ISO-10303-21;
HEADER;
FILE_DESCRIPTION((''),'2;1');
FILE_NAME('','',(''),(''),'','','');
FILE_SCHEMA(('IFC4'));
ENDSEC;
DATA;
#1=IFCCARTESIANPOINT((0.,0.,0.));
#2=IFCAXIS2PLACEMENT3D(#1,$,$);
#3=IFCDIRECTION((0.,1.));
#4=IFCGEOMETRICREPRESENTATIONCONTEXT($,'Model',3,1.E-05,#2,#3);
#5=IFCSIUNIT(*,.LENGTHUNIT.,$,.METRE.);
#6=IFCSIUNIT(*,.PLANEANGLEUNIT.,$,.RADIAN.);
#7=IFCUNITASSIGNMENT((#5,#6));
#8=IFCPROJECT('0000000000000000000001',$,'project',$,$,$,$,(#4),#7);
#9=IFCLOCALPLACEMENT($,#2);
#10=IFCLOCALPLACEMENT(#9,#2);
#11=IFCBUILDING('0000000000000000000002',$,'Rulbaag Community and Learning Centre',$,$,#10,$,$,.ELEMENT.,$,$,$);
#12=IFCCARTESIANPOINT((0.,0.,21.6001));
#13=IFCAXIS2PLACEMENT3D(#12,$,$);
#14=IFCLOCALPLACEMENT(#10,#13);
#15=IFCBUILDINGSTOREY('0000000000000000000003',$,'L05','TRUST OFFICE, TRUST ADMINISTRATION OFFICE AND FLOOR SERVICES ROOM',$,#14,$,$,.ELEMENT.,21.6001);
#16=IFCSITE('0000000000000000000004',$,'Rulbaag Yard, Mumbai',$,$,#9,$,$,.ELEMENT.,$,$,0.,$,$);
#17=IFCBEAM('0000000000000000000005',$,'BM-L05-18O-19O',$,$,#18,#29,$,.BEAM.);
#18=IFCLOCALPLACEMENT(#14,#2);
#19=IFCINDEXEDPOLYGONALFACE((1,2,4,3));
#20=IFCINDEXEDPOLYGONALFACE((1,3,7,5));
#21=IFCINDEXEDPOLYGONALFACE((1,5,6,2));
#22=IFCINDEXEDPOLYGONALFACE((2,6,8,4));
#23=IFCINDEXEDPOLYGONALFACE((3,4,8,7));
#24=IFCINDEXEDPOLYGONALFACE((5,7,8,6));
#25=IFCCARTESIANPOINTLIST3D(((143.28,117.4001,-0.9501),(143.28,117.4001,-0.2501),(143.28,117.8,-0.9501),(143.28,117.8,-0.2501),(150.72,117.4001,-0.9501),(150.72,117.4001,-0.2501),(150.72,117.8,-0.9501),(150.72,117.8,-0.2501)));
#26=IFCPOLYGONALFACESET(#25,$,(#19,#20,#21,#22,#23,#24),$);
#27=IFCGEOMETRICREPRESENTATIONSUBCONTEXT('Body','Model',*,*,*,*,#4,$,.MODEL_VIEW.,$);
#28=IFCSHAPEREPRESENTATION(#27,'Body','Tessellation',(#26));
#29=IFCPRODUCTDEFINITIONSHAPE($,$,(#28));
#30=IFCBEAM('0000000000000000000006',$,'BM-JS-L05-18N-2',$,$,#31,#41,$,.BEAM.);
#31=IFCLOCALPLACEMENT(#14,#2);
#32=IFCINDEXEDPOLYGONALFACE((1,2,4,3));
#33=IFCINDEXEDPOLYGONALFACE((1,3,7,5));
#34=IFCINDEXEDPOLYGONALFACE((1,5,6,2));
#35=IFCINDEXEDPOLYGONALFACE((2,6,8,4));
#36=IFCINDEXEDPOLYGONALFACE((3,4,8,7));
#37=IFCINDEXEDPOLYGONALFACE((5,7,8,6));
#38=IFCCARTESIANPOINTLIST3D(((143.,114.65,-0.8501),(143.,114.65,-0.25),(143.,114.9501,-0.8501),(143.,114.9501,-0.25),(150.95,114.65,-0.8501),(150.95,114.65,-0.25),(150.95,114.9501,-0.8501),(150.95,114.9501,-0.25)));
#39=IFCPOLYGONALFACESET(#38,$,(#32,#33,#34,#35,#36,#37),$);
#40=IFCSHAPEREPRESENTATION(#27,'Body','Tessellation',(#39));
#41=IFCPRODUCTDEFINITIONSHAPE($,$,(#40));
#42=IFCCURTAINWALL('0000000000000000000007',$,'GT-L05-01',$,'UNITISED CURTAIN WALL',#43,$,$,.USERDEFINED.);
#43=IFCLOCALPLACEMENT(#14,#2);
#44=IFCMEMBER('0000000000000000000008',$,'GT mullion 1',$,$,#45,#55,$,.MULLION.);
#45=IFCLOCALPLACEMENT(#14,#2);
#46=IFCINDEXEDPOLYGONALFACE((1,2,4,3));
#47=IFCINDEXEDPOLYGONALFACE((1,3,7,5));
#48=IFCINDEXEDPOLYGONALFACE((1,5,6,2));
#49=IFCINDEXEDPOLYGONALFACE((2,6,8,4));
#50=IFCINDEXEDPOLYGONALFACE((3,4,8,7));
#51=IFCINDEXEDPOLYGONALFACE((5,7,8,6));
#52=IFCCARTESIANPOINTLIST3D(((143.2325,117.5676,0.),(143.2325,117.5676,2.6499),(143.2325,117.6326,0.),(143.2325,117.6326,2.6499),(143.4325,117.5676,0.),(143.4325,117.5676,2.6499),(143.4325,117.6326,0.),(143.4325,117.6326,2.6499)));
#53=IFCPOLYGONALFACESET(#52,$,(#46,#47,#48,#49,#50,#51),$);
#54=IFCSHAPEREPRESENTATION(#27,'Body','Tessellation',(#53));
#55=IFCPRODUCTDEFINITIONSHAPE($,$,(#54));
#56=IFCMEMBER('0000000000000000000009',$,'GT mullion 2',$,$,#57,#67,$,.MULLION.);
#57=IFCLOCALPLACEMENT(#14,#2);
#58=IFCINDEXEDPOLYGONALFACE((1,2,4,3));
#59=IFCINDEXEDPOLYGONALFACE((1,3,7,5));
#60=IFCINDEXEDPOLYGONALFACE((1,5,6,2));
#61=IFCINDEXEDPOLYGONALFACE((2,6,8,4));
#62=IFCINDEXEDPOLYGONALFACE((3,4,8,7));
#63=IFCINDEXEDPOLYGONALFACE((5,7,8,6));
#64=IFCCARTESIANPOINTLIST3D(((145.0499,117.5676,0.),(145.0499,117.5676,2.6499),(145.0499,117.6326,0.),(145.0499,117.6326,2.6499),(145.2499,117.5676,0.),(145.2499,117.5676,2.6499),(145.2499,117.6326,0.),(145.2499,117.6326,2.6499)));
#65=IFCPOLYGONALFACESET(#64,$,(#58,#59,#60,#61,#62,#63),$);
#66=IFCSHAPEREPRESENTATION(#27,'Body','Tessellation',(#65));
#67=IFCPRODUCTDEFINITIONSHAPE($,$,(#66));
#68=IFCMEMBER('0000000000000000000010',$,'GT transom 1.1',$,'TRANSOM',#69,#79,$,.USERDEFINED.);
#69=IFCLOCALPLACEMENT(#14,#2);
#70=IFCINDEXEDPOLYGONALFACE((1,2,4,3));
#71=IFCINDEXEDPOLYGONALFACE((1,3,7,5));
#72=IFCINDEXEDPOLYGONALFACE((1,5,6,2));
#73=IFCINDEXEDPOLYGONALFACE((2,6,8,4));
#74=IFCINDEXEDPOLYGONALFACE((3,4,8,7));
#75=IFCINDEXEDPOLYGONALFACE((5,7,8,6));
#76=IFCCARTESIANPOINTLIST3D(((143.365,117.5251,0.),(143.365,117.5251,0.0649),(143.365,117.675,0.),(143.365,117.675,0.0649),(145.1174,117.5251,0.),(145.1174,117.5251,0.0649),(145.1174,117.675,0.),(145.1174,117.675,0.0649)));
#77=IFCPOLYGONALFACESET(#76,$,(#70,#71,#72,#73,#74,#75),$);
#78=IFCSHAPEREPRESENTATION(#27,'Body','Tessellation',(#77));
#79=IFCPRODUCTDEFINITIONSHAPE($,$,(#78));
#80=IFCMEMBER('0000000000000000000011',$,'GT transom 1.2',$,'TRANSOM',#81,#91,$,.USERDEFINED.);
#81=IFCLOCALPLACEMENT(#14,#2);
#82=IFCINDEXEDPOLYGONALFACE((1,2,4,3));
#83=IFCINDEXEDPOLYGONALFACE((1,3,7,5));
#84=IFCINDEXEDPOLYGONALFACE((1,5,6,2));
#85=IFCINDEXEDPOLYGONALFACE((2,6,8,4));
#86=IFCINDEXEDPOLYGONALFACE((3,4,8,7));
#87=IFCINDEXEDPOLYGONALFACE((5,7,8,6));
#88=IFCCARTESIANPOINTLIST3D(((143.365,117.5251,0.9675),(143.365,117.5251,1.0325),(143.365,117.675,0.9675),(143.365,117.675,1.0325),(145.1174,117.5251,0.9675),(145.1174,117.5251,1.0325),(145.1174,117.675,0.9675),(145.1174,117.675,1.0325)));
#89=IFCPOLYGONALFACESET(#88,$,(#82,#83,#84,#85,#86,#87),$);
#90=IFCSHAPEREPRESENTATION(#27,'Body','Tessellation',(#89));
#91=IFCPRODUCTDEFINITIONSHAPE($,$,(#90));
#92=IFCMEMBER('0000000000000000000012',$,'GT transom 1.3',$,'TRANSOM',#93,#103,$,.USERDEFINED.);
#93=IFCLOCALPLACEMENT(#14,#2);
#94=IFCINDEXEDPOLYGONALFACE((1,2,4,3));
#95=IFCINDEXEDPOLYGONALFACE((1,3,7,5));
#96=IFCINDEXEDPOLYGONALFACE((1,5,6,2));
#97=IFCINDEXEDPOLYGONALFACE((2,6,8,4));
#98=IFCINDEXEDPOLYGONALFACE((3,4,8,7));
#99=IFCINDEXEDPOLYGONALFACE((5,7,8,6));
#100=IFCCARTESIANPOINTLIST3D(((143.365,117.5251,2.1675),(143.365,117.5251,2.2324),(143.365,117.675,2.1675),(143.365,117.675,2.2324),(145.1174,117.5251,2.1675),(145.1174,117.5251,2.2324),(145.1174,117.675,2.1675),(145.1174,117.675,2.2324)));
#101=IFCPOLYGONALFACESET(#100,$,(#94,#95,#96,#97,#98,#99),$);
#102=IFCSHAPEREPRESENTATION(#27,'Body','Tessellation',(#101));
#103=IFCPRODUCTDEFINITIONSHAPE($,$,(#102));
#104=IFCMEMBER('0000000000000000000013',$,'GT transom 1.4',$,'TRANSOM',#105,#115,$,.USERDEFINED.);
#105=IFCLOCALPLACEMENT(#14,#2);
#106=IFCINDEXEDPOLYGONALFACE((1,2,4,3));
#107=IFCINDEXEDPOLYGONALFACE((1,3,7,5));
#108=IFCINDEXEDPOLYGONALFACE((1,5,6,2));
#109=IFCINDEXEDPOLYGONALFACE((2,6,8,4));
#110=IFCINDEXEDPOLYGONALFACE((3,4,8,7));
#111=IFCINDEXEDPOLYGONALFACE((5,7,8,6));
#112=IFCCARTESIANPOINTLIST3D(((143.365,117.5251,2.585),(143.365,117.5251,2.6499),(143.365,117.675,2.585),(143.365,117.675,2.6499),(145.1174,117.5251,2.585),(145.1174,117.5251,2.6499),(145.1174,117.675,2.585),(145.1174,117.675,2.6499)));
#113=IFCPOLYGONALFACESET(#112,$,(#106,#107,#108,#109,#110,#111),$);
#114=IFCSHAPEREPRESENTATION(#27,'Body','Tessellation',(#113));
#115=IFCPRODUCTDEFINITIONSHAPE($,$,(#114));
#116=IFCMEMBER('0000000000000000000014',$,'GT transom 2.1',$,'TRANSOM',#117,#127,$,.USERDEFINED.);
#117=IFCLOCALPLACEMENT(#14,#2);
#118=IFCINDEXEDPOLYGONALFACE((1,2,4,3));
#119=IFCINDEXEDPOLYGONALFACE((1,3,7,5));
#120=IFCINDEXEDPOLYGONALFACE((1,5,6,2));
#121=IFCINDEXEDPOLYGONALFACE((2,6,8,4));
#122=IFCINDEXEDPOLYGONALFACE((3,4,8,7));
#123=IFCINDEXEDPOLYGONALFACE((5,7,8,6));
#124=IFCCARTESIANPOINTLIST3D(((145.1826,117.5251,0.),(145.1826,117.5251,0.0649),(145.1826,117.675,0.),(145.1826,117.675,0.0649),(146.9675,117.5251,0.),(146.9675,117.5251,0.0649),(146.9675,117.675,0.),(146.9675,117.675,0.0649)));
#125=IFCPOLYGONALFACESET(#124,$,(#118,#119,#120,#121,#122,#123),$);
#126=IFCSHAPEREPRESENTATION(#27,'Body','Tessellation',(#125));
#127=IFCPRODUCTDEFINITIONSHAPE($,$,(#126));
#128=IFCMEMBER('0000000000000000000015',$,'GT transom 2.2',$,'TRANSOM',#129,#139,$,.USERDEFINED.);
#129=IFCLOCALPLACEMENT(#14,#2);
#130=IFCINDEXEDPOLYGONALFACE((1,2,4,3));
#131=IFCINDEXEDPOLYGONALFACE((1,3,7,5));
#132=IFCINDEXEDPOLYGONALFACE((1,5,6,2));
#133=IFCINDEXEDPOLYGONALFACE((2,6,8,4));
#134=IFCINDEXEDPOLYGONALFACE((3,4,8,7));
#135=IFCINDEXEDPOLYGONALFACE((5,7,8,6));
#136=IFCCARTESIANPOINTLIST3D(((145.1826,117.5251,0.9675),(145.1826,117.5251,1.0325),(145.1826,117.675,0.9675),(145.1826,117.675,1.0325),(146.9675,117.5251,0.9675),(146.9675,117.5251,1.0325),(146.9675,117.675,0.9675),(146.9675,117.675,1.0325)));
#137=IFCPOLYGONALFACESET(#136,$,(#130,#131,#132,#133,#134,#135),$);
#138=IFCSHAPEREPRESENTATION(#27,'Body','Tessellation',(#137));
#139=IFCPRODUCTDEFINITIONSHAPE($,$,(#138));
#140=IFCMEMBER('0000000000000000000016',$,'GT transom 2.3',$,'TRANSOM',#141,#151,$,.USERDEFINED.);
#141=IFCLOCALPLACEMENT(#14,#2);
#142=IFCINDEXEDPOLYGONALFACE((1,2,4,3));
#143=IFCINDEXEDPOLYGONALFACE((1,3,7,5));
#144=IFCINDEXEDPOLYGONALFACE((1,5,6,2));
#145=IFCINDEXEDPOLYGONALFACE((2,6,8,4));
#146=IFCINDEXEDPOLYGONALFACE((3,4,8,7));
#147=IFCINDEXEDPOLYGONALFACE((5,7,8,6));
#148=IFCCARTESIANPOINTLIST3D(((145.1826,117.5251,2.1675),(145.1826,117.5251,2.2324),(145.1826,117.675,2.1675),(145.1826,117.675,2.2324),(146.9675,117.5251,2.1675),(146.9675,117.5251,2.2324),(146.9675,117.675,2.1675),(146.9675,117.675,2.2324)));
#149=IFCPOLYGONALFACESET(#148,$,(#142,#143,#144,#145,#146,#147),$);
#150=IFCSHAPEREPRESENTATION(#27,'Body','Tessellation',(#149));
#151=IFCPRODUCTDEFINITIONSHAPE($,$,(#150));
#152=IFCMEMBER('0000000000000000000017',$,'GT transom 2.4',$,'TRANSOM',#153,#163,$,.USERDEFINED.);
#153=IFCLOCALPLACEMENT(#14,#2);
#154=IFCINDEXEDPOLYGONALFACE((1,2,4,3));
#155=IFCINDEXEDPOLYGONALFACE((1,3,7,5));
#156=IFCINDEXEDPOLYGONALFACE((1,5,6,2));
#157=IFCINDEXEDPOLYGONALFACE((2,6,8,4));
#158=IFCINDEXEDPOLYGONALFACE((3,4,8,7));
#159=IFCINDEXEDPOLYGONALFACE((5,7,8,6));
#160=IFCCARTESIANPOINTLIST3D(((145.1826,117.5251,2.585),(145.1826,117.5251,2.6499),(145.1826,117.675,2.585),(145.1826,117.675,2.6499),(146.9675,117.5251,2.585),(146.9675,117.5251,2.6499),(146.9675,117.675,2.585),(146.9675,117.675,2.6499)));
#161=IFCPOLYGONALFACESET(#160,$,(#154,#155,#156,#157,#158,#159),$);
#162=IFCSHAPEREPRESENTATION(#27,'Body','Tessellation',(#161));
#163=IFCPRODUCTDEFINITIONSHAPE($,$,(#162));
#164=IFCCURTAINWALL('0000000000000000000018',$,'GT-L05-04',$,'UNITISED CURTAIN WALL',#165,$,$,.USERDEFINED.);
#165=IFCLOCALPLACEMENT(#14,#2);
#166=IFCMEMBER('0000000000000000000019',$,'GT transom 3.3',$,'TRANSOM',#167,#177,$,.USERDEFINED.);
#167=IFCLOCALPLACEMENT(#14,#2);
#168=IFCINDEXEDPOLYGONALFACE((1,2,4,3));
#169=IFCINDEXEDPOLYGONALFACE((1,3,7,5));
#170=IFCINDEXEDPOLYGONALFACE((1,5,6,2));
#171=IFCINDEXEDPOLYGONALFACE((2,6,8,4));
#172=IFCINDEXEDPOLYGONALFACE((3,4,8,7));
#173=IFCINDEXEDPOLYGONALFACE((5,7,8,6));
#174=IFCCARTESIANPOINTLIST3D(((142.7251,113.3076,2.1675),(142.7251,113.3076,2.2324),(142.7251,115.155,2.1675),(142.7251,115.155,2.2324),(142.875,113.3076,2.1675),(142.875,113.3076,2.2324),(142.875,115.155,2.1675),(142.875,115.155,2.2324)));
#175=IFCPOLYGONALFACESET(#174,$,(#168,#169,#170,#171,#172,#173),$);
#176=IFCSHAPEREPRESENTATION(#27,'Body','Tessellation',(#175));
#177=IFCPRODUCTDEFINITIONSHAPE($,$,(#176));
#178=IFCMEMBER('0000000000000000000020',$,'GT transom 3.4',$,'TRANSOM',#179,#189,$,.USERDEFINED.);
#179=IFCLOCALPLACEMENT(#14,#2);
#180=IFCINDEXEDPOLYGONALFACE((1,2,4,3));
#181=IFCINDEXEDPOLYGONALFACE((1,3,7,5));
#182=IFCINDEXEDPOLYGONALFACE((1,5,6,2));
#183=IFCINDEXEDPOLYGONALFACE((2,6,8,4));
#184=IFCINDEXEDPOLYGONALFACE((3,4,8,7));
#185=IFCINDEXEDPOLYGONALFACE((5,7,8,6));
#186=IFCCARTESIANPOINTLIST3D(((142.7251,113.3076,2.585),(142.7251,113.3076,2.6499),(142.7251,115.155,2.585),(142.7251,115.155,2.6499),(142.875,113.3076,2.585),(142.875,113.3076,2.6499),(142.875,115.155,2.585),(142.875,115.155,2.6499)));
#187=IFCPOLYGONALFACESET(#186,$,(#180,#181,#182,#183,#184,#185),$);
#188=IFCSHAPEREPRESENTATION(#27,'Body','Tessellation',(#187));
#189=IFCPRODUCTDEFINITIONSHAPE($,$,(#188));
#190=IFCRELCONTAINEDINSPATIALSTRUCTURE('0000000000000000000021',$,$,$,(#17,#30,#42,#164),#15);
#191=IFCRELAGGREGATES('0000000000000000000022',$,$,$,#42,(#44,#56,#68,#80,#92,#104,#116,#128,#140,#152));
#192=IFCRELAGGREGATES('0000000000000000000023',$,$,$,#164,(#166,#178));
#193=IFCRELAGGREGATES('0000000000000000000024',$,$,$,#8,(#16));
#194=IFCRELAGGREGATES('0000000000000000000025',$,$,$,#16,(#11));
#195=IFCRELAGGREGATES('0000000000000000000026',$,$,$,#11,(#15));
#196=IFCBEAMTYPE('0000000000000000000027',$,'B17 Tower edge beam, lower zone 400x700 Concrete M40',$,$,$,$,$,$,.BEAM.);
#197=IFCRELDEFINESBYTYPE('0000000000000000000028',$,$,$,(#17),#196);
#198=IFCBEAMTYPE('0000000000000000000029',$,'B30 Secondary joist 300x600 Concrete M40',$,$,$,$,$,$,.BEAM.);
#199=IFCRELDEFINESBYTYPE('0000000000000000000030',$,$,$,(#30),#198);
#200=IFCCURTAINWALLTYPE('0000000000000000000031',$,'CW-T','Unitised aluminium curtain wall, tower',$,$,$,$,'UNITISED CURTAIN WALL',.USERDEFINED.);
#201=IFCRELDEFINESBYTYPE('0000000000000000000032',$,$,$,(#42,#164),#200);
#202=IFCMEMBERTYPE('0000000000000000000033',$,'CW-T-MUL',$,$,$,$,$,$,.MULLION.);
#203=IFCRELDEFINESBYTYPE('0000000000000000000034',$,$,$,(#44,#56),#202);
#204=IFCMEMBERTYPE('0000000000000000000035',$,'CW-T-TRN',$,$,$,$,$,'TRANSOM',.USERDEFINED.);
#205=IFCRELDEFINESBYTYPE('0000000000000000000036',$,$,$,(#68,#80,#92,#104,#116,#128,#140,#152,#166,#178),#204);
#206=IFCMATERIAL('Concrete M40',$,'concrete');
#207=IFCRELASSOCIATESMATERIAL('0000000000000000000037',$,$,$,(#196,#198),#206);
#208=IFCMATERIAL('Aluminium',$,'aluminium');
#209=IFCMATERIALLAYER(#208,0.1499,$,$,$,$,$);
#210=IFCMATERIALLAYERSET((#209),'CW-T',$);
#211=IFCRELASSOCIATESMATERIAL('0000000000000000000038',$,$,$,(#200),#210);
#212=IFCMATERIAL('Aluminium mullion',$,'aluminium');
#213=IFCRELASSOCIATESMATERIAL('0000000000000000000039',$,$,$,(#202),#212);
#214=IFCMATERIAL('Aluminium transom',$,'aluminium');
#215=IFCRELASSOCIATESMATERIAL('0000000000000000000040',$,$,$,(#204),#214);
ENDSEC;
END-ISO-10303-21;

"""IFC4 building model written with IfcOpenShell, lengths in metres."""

from ifc_helpers import new_model, si_unit, direction, frame, origin, origin_2d, place, context, subcontext, project, spatial, rectangle, extrude, material, layer, layer_set, material_profile, profile_set, type_object, element, aggregate, save


model = new_model("IFC4")

# Units and contexts
model_context = context("Model", 3, precision=1e-05, world=origin(), true_north=direction((0.0, 1.0)))
body_context = subcontext(model_context, "Body", "Model", "MODEL_VIEW")
ifc_project = project(units=[si_unit("LENGTHUNIT", "METRE"), si_unit("PLANEANGLEUNIT", "RADIAN")], contexts=[model_context])

# Site, building, storey
site_placement = place(None, origin())
site = spatial("IfcSite", under=ifc_project, at=site_placement, Name="Rulbaag Yard, Mumbai", CompositionType="ELEMENT", RefElevation=0.0)
building_placement = place(site_placement, origin())
building = spatial("IfcBuilding", under=site, at=building_placement, Name="Rulbaag Community and Learning Centre", CompositionType="ELEMENT")
storey_placement = place(building_placement, frame((0.0, 0.0, 21.6001)))
storey = spatial("IfcBuildingStorey", under=building, at=storey_placement, Name="L05", Description="TRUST OFFICE, TRUST ADMINISTRATION OFFICE AND FLOOR SERVICES ROOM", CompositionType="ELEMENT", Elevation=21.6001)

# Beams
ifc_material_1 = material(Name="Concrete M40", Category="concrete")
ifc_material_profile_1 = material_profile(ifc_material_1, rectangle(XDim=0.3999, YDim=0.7, at=origin_2d()), Name="RB400x700")
ifc_profile_set_1 = profile_set([ifc_material_profile_1], Name="Concrete M40")
beam_type_1 = type_object("IfcBeamType", Name="B17 Tower edge beam, lower zone 400x700 Concrete M40", PredefinedType="BEAM", material=ifc_profile_set_1)
beam_1_placement = place(storey_placement, frame((143.28, 117.6001, -0.6001), z_axis=(1.0, 0.0, 0.0), x_axis=(0.0, 1.0, 0.0)))
element("IfcBeam", 1, at=beam_1_placement, inside=storey, type_object=beam_type_1, Name="BM-L05-18O-19O", PredefinedType="BEAM", context=body_context, shape_type="SweptSolid", body=[
    extrude(rectangle(XDim=0.3999, YDim=0.7, at=origin_2d()), origin(), (0.0, 0.0, 1.0), 7.4399),
])
ifc_material_profile_2 = material_profile(ifc_material_1, rectangle(XDim=0.3, YDim=0.6001, at=origin_2d()), Name="RB300x600")
ifc_profile_set_2 = profile_set([ifc_material_profile_2], Name="Concrete M40")
beam_type_2 = type_object("IfcBeamType", Name="B30 Secondary joist 300x600 Concrete M40", PredefinedType="BEAM", material=ifc_profile_set_2)
beam_2_placement = place(storey_placement, frame((143.0, 114.8, -0.55), z_axis=(1.0, 0.0, 0.0), x_axis=(0.0, 1.0, 0.0)))
element("IfcBeam", 2, at=beam_2_placement, inside=storey, type_object=beam_type_2, Name="BM-JS-L05-18N-2", PredefinedType="BEAM", context=body_context, shape_type="SweptSolid", body=[
    extrude(rectangle(XDim=0.3, YDim=0.6001, at=origin_2d()), origin(), (0.0, 0.0, 1.0), 7.95),
])

# Curtain walls, members
ifc_material_2 = material(Name="Aluminium", Category="aluminium")
ifc_layer_1 = layer(ifc_material_2, 0.1499)
ifc_layer_set_1 = layer_set([ifc_layer_1], Name="CW-T")
curtain_wall_type = type_object("IfcCurtainWallType", Name="CW-T", Description="Unitised aluminium curtain wall, tower", ElementType="UNITISED CURTAIN WALL", PredefinedType="USERDEFINED", material=ifc_layer_set_1)
curtain_wall_1_placement = place(storey_placement, origin())
curtain_wall_1 = element("IfcCurtainWall", 3, at=curtain_wall_1_placement, inside=storey, type_object=curtain_wall_type, Name="GT-L05-01", ObjectType="UNITISED CURTAIN WALL", PredefinedType="USERDEFINED")
ifc_material_3 = material(Name="Aluminium mullion", Category="aluminium")
ifc_material_profile_3 = material_profile(ifc_material_3, rectangle(XDim=0.0649, YDim=0.2, at=origin_2d()), Name="AL 65x200")
ifc_profile_set_3 = profile_set([ifc_material_profile_3], Name="Aluminium mullion")
member_type_1 = type_object("IfcMemberType", Name="CW-T-MUL", PredefinedType="MULLION", material=ifc_profile_set_3)
member_1_placement = place(storey_placement, frame((143.3325, 117.6001, 0.0), z_axis=(0.0, 0.0, 1.0), x_axis=(0.0, 1.0, 0.0)))
member_1 = element("IfcMember", 4, at=member_1_placement, type_object=member_type_1, Name="GT mullion 1", PredefinedType="MULLION", context=body_context, shape_type="SweptSolid", body=[
    extrude(rectangle(XDim=0.0649, YDim=0.2, at=origin_2d()), origin(), (0.0, 0.0, 1.0), 2.6499),
])
member_2_placement = place(storey_placement, frame((145.1499, 117.6001, 0.0), z_axis=(0.0, 0.0, 1.0), x_axis=(0.0, 1.0, 0.0)))
member_2 = element("IfcMember", 5, at=member_2_placement, type_object=member_type_1, Name="GT mullion 2", PredefinedType="MULLION", context=body_context, shape_type="SweptSolid", body=[
    extrude(rectangle(XDim=0.0649, YDim=0.2, at=origin_2d()), origin(), (0.0, 0.0, 1.0), 2.6499),
])
ifc_material_4 = material(Name="Aluminium transom", Category="aluminium")
ifc_material_profile_4 = material_profile(ifc_material_4, rectangle(XDim=0.1499, YDim=0.0649, at=origin_2d()), Name="AL 65x150 T")
ifc_profile_set_4 = profile_set([ifc_material_profile_4], Name="Aluminium transom")
member_type_2 = type_object("IfcMemberType", Name="CW-T-TRN", ElementType="TRANSOM", PredefinedType="USERDEFINED", material=ifc_profile_set_4)
member_3_placement = place(storey_placement, frame((143.365, 117.6001, 0.0325), z_axis=(1.0, 0.0, 0.0), x_axis=(0.0, 1.0, 0.0)))
member_3 = element("IfcMember", 6, at=member_3_placement, type_object=member_type_2, Name="GT transom 1.1", ObjectType="TRANSOM", PredefinedType="USERDEFINED", context=body_context, shape_type="SweptSolid", body=[
    extrude(rectangle(XDim=0.1499, YDim=0.0649, at=origin_2d()), origin(), (0.0, 0.0, 1.0), 1.7524),
])
member_4_placement = place(storey_placement, frame((143.365, 117.6001, 1.0), z_axis=(1.0, 0.0, 0.0), x_axis=(0.0, 1.0, 0.0)))
member_4 = element("IfcMember", 7, at=member_4_placement, type_object=member_type_2, Name="GT transom 1.2", ObjectType="TRANSOM", PredefinedType="USERDEFINED", context=body_context, shape_type="SweptSolid", body=[
    extrude(rectangle(XDim=0.1499, YDim=0.0649, at=origin_2d()), origin(), (0.0, 0.0, 1.0), 1.7524),
])
member_5_placement = place(storey_placement, frame((143.365, 117.6001, 2.2), z_axis=(1.0, 0.0, 0.0), x_axis=(0.0, 1.0, 0.0)))
member_5 = element("IfcMember", 8, at=member_5_placement, type_object=member_type_2, Name="GT transom 1.3", ObjectType="TRANSOM", PredefinedType="USERDEFINED", context=body_context, shape_type="SweptSolid", body=[
    extrude(rectangle(XDim=0.1499, YDim=0.0649, at=origin_2d()), origin(), (0.0, 0.0, 1.0), 1.7524),
])
member_6_placement = place(storey_placement, frame((143.365, 117.6001, 2.6174), z_axis=(1.0, 0.0, 0.0), x_axis=(0.0, 1.0, 0.0)))
member_6 = element("IfcMember", 9, at=member_6_placement, type_object=member_type_2, Name="GT transom 1.4", ObjectType="TRANSOM", PredefinedType="USERDEFINED", context=body_context, shape_type="SweptSolid", body=[
    extrude(rectangle(XDim=0.1499, YDim=0.0649, at=origin_2d()), origin(), (0.0, 0.0, 1.0), 1.7524),
])
member_7_placement = place(storey_placement, frame((145.1826, 117.6001, 0.0325), z_axis=(1.0, 0.0, 0.0), x_axis=(0.0, 1.0, 0.0)))
member_7 = element("IfcMember", 10, at=member_7_placement, type_object=member_type_2, Name="GT transom 2.1", ObjectType="TRANSOM", PredefinedType="USERDEFINED", context=body_context, shape_type="SweptSolid", body=[
    extrude(rectangle(XDim=0.1499, YDim=0.0649, at=origin_2d()), origin(), (0.0, 0.0, 1.0), 1.7849),
])
member_8_placement = place(storey_placement, frame((145.1826, 117.6001, 1.0), z_axis=(1.0, 0.0, 0.0), x_axis=(0.0, 1.0, 0.0)))
member_8 = element("IfcMember", 11, at=member_8_placement, type_object=member_type_2, Name="GT transom 2.2", ObjectType="TRANSOM", PredefinedType="USERDEFINED", context=body_context, shape_type="SweptSolid", body=[
    extrude(rectangle(XDim=0.1499, YDim=0.0649, at=origin_2d()), origin(), (0.0, 0.0, 1.0), 1.7849),
])
member_9_placement = place(storey_placement, frame((145.1826, 117.6001, 2.2), z_axis=(1.0, 0.0, 0.0), x_axis=(0.0, 1.0, 0.0)))
member_9 = element("IfcMember", 12, at=member_9_placement, type_object=member_type_2, Name="GT transom 2.3", ObjectType="TRANSOM", PredefinedType="USERDEFINED", context=body_context, shape_type="SweptSolid", body=[
    extrude(rectangle(XDim=0.1499, YDim=0.0649, at=origin_2d()), origin(), (0.0, 0.0, 1.0), 1.7849),
])
member_10_placement = place(storey_placement, frame((145.1826, 117.6001, 2.6174), z_axis=(1.0, 0.0, 0.0), x_axis=(0.0, 1.0, 0.0)))
member_10 = element("IfcMember", 13, at=member_10_placement, type_object=member_type_2, Name="GT transom 2.4", ObjectType="TRANSOM", PredefinedType="USERDEFINED", context=body_context, shape_type="SweptSolid", body=[
    extrude(rectangle(XDim=0.1499, YDim=0.0649, at=origin_2d()), origin(), (0.0, 0.0, 1.0), 1.7849),
])
curtain_wall_2_placement = place(storey_placement, origin())
curtain_wall_2 = element("IfcCurtainWall", 14, at=curtain_wall_2_placement, inside=storey, type_object=curtain_wall_type, Name="GT-L05-04", ObjectType="UNITISED CURTAIN WALL", PredefinedType="USERDEFINED")
member_11_placement = place(storey_placement, frame((142.8, 113.3076, 2.2), z_axis=(0.0, 1.0, 0.0), x_axis=(-1.0, 0.0, 0.0)))
member_11 = element("IfcMember", 15, at=member_11_placement, type_object=member_type_2, Name="GT transom 3.3", ObjectType="TRANSOM", PredefinedType="USERDEFINED", context=body_context, shape_type="SweptSolid", body=[
    extrude(rectangle(XDim=0.1499, YDim=0.0649, at=origin_2d()), origin(), (0.0, 0.0, 1.0), 1.8474),
])
member_12_placement = place(storey_placement, frame((142.8, 113.3076, 2.6174), z_axis=(0.0, 1.0, 0.0), x_axis=(-1.0, 0.0, 0.0)))
member_12 = element("IfcMember", 16, at=member_12_placement, type_object=member_type_2, Name="GT transom 3.4", ObjectType="TRANSOM", PredefinedType="USERDEFINED", context=body_context, shape_type="SweptSolid", body=[
    extrude(rectangle(XDim=0.1499, YDim=0.0649, at=origin_2d()), origin(), (0.0, 0.0, 1.0), 1.8474),
])

aggregate(curtain_wall_1, [member_1, member_2, member_3, member_4, member_5, member_6, member_7, member_8, member_9, member_10])
aggregate(curtain_wall_2, [member_11, member_12])

save(model, "model.ifc")
